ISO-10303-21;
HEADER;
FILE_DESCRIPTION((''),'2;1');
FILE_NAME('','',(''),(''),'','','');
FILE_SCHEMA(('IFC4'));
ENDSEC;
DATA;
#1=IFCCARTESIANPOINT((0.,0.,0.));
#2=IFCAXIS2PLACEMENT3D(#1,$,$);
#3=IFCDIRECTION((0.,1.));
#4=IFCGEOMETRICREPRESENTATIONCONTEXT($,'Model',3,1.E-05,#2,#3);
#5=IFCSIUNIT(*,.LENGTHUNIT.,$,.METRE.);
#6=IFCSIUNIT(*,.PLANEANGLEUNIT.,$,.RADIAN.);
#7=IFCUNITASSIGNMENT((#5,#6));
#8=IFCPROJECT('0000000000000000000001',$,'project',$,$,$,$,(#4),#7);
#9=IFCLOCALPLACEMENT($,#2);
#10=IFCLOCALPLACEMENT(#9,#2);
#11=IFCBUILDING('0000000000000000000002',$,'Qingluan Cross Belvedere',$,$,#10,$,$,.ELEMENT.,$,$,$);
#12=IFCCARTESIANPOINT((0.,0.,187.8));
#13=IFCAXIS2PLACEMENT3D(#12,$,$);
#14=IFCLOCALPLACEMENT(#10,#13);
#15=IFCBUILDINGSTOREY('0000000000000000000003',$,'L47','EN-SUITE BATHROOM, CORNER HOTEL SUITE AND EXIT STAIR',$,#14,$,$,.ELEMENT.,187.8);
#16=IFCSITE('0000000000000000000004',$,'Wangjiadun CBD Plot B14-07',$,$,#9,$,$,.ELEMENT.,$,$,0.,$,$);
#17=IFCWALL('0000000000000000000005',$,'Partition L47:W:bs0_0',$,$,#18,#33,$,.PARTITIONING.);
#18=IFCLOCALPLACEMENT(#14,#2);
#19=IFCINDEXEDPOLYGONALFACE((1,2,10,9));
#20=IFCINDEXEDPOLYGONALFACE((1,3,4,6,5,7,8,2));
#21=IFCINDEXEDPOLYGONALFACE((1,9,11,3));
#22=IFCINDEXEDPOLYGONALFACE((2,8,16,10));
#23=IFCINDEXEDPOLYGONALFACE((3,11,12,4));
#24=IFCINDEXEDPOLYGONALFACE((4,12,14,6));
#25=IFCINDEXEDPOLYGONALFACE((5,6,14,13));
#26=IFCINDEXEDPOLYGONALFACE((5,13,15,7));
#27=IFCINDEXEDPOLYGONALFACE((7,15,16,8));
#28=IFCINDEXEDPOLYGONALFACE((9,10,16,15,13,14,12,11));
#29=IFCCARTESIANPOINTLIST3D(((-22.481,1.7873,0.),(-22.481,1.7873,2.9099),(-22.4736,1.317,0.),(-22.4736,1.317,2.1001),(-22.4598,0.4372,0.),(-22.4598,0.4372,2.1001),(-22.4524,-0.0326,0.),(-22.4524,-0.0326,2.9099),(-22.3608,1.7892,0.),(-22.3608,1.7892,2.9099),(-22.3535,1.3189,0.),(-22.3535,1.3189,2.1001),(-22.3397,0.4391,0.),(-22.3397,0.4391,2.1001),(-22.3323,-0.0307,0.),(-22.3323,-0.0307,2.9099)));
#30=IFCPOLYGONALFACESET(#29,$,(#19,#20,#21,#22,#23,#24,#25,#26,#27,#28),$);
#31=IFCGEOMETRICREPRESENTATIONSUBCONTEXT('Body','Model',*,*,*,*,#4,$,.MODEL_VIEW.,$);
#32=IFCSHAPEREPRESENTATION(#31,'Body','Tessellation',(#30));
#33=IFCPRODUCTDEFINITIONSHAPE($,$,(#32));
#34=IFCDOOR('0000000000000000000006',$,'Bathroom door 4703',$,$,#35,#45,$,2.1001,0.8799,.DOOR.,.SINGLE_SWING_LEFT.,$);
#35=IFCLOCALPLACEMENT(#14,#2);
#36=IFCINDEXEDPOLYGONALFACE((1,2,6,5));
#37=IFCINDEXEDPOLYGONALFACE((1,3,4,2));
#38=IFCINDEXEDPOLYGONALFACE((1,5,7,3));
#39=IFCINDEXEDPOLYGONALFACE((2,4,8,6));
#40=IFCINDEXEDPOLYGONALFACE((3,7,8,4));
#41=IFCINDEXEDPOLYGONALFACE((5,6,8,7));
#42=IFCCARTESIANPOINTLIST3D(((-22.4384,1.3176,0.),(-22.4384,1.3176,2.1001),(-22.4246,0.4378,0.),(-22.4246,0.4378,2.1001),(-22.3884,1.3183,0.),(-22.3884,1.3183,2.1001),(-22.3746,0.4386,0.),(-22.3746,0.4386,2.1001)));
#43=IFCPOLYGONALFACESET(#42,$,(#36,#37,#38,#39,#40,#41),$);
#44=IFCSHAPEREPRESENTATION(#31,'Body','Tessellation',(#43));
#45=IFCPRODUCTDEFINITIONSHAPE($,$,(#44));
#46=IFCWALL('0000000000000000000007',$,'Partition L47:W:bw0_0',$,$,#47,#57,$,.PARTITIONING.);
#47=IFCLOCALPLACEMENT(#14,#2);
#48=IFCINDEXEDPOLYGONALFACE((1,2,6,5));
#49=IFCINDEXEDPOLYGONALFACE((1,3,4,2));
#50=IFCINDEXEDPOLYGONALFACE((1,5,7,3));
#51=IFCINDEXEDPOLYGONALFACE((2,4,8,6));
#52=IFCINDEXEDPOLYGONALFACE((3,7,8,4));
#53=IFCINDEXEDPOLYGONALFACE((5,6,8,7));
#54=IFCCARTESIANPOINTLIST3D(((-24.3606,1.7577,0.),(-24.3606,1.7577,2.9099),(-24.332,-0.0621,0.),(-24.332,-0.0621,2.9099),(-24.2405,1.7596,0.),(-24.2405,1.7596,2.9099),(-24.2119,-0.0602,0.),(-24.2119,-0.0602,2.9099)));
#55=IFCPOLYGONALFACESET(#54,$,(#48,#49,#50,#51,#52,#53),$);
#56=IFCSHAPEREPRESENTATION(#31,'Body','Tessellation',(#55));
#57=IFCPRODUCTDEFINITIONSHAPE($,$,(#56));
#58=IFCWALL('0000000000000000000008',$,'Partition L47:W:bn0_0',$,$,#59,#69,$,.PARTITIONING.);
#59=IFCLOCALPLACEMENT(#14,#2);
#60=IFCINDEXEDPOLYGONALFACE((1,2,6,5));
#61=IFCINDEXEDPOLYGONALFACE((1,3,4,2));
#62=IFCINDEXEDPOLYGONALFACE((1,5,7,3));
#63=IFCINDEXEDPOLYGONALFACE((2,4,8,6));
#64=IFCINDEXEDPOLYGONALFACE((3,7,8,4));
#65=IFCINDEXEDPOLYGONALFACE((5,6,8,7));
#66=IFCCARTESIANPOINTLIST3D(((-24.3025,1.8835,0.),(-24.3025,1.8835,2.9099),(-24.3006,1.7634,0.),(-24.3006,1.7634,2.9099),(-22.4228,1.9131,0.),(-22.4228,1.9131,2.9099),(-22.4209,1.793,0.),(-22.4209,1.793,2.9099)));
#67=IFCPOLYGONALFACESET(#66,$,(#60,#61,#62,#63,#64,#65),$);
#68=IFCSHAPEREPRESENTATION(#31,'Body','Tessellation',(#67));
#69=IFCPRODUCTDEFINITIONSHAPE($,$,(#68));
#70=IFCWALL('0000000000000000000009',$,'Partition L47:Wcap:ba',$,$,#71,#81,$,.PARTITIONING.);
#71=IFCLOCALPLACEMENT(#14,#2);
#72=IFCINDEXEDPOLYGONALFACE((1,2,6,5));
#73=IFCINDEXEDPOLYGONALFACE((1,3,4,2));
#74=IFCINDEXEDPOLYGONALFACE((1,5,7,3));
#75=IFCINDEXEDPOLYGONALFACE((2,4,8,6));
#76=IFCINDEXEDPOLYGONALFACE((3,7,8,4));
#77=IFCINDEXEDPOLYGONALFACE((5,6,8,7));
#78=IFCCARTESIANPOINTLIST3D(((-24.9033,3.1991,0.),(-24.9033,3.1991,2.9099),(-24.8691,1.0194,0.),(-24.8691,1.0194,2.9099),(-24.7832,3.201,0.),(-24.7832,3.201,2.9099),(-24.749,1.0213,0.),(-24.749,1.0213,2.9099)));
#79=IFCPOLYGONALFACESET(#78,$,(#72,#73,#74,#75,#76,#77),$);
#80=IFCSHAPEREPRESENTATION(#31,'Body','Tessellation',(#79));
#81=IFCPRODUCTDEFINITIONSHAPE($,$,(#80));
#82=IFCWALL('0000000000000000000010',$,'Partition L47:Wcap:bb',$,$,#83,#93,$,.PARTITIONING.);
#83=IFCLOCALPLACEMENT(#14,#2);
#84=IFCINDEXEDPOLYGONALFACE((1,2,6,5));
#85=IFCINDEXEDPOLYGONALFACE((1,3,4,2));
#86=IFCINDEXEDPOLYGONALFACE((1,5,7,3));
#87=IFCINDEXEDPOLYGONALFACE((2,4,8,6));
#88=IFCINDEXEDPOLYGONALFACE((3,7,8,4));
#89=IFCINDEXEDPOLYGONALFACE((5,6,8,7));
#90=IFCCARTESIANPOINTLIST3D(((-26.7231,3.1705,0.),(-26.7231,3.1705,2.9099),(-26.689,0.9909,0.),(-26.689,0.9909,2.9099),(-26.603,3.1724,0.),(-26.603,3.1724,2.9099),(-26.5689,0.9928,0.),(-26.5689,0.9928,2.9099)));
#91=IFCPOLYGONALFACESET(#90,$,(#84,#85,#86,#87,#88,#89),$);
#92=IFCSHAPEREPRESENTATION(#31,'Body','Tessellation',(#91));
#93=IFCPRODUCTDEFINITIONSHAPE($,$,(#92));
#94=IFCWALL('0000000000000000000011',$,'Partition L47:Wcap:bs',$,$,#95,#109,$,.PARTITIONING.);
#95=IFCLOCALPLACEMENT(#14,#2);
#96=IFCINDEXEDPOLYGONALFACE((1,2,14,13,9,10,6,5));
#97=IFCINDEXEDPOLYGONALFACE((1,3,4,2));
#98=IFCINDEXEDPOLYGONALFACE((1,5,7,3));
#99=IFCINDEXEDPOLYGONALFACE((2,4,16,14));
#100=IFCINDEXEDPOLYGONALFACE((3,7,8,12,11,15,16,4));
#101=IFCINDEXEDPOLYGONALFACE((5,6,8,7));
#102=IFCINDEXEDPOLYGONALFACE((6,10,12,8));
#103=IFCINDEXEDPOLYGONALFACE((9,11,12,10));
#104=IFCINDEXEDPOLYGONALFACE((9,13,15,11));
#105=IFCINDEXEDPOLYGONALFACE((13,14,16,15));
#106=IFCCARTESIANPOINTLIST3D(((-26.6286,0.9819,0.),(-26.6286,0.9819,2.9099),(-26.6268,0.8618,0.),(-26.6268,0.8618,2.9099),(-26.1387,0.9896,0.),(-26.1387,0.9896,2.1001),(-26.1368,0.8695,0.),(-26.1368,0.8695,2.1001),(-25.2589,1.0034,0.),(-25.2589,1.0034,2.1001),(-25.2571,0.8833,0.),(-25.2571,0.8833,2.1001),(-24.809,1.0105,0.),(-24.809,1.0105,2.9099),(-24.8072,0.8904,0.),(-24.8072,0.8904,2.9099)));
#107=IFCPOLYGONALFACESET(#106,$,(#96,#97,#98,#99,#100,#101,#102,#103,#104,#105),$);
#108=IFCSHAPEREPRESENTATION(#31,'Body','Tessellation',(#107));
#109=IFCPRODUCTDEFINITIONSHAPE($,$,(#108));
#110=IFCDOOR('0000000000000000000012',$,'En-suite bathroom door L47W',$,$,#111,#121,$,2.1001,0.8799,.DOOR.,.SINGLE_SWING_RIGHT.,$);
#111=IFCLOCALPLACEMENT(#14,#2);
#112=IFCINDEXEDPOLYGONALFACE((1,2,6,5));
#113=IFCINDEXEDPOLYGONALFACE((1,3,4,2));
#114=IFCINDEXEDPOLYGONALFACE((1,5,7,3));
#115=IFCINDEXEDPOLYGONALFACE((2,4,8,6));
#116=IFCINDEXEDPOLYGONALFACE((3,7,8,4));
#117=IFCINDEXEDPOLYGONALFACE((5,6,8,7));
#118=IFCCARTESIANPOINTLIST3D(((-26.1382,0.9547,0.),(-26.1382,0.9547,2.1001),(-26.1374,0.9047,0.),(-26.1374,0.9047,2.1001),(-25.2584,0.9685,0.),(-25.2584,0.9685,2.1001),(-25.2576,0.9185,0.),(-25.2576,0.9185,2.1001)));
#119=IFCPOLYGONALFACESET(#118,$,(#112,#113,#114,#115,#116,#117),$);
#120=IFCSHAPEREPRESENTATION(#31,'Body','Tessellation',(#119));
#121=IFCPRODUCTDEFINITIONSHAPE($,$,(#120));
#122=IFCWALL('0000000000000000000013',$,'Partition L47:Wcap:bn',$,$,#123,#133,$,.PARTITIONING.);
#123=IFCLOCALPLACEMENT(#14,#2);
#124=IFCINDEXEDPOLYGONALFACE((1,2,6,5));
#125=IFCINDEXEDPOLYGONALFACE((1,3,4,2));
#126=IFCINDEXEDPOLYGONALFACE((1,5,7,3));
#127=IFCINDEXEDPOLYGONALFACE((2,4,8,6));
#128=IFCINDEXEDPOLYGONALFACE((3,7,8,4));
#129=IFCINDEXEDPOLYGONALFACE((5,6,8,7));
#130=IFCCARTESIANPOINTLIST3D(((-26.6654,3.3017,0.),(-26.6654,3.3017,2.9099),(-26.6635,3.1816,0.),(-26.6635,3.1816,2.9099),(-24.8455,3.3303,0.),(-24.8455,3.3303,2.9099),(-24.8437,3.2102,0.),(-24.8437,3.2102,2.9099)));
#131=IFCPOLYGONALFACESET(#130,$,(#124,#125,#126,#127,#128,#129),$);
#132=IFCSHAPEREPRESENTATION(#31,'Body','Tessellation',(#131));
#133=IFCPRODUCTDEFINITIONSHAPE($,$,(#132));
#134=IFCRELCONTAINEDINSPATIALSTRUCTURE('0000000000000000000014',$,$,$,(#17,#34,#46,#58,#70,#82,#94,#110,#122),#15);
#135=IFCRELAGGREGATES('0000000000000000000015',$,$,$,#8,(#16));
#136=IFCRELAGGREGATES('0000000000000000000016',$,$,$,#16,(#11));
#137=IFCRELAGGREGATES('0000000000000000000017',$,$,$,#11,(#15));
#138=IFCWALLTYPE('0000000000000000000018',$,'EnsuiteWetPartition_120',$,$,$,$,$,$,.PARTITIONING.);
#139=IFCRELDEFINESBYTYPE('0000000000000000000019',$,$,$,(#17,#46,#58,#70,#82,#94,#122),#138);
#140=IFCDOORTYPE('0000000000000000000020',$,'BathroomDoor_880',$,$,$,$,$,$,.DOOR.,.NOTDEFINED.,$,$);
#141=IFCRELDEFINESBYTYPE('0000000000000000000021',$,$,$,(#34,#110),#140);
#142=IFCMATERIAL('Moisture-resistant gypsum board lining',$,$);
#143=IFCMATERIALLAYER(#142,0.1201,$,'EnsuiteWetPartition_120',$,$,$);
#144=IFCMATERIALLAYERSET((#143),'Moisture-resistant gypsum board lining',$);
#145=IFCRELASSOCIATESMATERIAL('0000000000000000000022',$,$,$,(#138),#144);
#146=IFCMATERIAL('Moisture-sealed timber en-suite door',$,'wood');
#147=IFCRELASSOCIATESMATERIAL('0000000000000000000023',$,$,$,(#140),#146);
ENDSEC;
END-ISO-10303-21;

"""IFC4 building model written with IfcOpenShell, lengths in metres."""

from ifc_helpers import new_model, si_unit, direction, frame, frame_2d, origin, place, context, subcontext, project, spatial, rectangle, extrude, material, layer, layer_set, type_object, element, fill, save


model = new_model("IFC4")

# Units and contexts
model_context = context("Model", 3, precision=1e-05, world=origin(), true_north=direction((0.0, 1.0)))
body_context = subcontext(model_context, "Body", "Model", "MODEL_VIEW")
ifc_project = project(units=[si_unit("LENGTHUNIT", "METRE"), si_unit("PLANEANGLEUNIT", "RADIAN")], contexts=[model_context])

# Site, building, storey
site_placement = place(None, origin())
site = spatial("IfcSite", under=ifc_project, at=site_placement, Name="Wangjiadun CBD Plot B14-07", CompositionType="ELEMENT", RefElevation=0.0)
building_placement = place(site_placement, origin())
building = spatial("IfcBuilding", under=site, at=building_placement, Name="Qingluan Cross Belvedere", CompositionType="ELEMENT")
storey_placement = place(building_placement, frame((0.0, 0.0, 187.8)))
storey = spatial("IfcBuildingStorey", under=building, at=storey_placement, Name="L47", Description="EN-SUITE BATHROOM, CORNER HOTEL SUITE AND EXIT STAIR", CompositionType="ELEMENT", Elevation=187.8)

# Wall, opening, door
ifc_material_1 = material(Name="Moisture-resistant gypsum board lining")
ifc_layer_1 = layer(ifc_material_1, 0.1201, Name="EnsuiteWetPartition_120")
ifc_layer_set_1 = layer_set([ifc_layer_1], Name="Moisture-resistant gypsum board lining")
wall_type_1 = type_object("IfcWallType", Name="EnsuiteWetPartition_120", PredefinedType="PARTITIONING", material=ifc_layer_set_1)
wall_1_placement = place(storey_placement, frame((-22.3923, -0.0317, 0.0), z_axis=(0.0, 0.0, 1.0), x_axis=(-0.015694, 0.999877, 0.0)))
wall_1 = element("IfcWall", 1, at=wall_1_placement, inside=storey, type_object=wall_type_1, Name="Partition L47:W:bs0_0", PredefinedType="PARTITIONING", context=body_context, shape_type="SweptSolid", body=[
    extrude(rectangle(XDim=1.8201, YDim=0.1201, at=frame_2d((0.9102, 0.0))), origin(), (0.0, 0.0, 1.0), 2.9099),
])
opening_1_placement = place(wall_1_placement, frame((0.47, 0.0, 0.0)))
opening_1 = element("IfcOpeningElement", 2, at=opening_1_placement, cuts=wall_1, PredefinedType="OPENING", context=body_context, shape_type="SweptSolid", body=[
    extrude(rectangle(XDim=0.8799, YDim=2.1001, at=frame_2d((0.4399, 1.05))), frame((0.0, 0.0701, 0.0), z_axis=(0.0, -1.0, 0.0), x_axis=(1.0, 0.0, 0.0)), (0.0, 0.0, 1.0), 0.1401),
])
ifc_material_2 = material(Name="Moisture-sealed timber en-suite door", Category="wood")
door_type_1 = type_object("IfcDoorType", Name="BathroomDoor_880", OperationType="NOTDEFINED", PredefinedType="DOOR", material=ifc_material_2)
door_1_placement = place(opening_1_placement, origin())
door_1 = element("IfcDoor", 3, at=door_1_placement, inside=storey, type_object=door_type_1, Name="Bathroom door 4703", OperationType="SINGLE_SWING_LEFT", OverallHeight=2.1001, OverallWidth=0.8799, PredefinedType="DOOR", context=body_context, shape_type="SweptSolid", body=[
    extrude(rectangle(XDim=0.8799, YDim=2.1001, at=frame_2d((0.4399, 1.05))), frame((0.0, 0.0249, 0.0), z_axis=(0.0, -1.0, 0.0), x_axis=(1.0, 0.0, 0.0)), (0.0, 0.0, 1.0), 0.05),
])
fill(opening_1, door_1)

# Walls
wall_2_placement = place(storey_placement, frame((-24.272, -0.0613, 0.0), z_axis=(0.0, 0.0, 1.0), x_axis=(-0.015694, 0.999877, 0.0)))
element("IfcWall", 4, at=wall_2_placement, inside=storey, type_object=wall_type_1, Name="Partition L47:W:bw0_0", PredefinedType="PARTITIONING", context=body_context, shape_type="SweptSolid", body=[
    extrude(rectangle(XDim=1.8201, YDim=0.1201, at=frame_2d((0.9102, 0.0))), origin(), (0.0, 0.0, 1.0), 2.9099),
])
wall_3_placement = place(storey_placement, frame((-22.4219, 1.853, 0.0), z_axis=(0.0, 0.0, 1.0), x_axis=(-0.999877, -0.015714, 0.0)))
element("IfcWall", 5, at=wall_3_placement, inside=storey, type_object=wall_type_1, Name="Partition L47:W:bn0_0", PredefinedType="PARTITIONING", context=body_context, shape_type="SweptSolid", body=[
    extrude(rectangle(XDim=1.8799, YDim=0.1201, at=frame_2d((0.9399, 0.0))), origin(), (0.0, 0.0, 1.0), 2.9099),
])
for number, where, z_axis, x_axis, name in (
    (6, (-24.8091, 1.0205, 0.0), (0.0, 0.0, 1.0), (-0.015679, 0.999877, 0.0), "Partition L47:Wcap:ba"),
    (7, (-26.6289, 0.9919, 0.0), (0.0, 0.0, 1.0), (-0.015679, 0.999877, 0.0), "Partition L47:Wcap:bb"),
):
    element("IfcWall", number, at=place(storey_placement, frame(where, z_axis=z_axis, x_axis=x_axis)), inside=storey, type_object=wall_type_1, Name=name, PredefinedType="PARTITIONING", context=body_context, shape_type="SweptSolid", body=[
        extrude(rectangle(XDim=2.1799, YDim=0.1201, at=frame_2d((1.0898, 0.0))), origin(), (0.0, 0.0, 1.0), 2.9099),
    ])

# Wall, opening, door
wall_4_placement = place(storey_placement, frame((-24.8081, 0.9504, 0.0), z_axis=(0.0, 0.0, 1.0), x_axis=(-0.999877, -0.015696, 0.0)))
wall_4 = element("IfcWall", 8, at=wall_4_placement, inside=storey, type_object=wall_type_1, Name="Partition L47:Wcap:bs", PredefinedType="PARTITIONING", context=body_context, shape_type="SweptSolid", body=[
    extrude(rectangle(XDim=1.8198, YDim=0.1201, at=frame_2d((0.9099, 0.0))), origin(), (0.0, 0.0, 1.0), 2.9099),
])
opening_2_placement = place(wall_4_placement, frame((0.45, 0.0, 0.0)))
opening_2 = element("IfcOpeningElement", 9, at=opening_2_placement, cuts=wall_4, PredefinedType="OPENING", context=body_context, shape_type="SweptSolid", body=[
    extrude(rectangle(XDim=0.8799, YDim=2.1001, at=frame_2d((0.4399, 1.05))), frame((0.0, 0.0701, 0.0), z_axis=(0.0, -1.0, 0.0), x_axis=(1.0, 0.0, 0.0)), (0.0, 0.0, 1.0), 0.1401),
])
door_2_placement = place(opening_2_placement, origin())
door_2 = element("IfcDoor", 10, at=door_2_placement, inside=storey, type_object=door_type_1, Name="En-suite bathroom door L47W", OperationType="SINGLE_SWING_RIGHT", OverallHeight=2.1001, OverallWidth=0.8799, PredefinedType="DOOR", context=body_context, shape_type="SweptSolid", body=[
    extrude(rectangle(XDim=0.8799, YDim=2.1001, at=frame_2d((0.4399, 1.05))), frame((0.0, 0.0249, 0.0), z_axis=(0.0, -1.0, 0.0), x_axis=(1.0, 0.0, 0.0)), (0.0, 0.0, 1.0), 0.05),
])
fill(opening_2, door_2)

# Wall
wall_5_placement = place(storey_placement, frame((-24.8445, 3.2703, 0.0), z_axis=(0.0, 0.0, 1.0), x_axis=(-0.999877, -0.015694, 0.0)))
element("IfcWall", 11, at=wall_5_placement, inside=storey, type_object=wall_type_1, Name="Partition L47:Wcap:bn", PredefinedType="PARTITIONING", context=body_context, shape_type="SweptSolid", body=[
    extrude(rectangle(XDim=1.8201, YDim=0.1201, at=frame_2d((0.9102, 0.0))), origin(), (0.0, 0.0, 1.0), 2.9099),
])

save(model, "model.ifc")
